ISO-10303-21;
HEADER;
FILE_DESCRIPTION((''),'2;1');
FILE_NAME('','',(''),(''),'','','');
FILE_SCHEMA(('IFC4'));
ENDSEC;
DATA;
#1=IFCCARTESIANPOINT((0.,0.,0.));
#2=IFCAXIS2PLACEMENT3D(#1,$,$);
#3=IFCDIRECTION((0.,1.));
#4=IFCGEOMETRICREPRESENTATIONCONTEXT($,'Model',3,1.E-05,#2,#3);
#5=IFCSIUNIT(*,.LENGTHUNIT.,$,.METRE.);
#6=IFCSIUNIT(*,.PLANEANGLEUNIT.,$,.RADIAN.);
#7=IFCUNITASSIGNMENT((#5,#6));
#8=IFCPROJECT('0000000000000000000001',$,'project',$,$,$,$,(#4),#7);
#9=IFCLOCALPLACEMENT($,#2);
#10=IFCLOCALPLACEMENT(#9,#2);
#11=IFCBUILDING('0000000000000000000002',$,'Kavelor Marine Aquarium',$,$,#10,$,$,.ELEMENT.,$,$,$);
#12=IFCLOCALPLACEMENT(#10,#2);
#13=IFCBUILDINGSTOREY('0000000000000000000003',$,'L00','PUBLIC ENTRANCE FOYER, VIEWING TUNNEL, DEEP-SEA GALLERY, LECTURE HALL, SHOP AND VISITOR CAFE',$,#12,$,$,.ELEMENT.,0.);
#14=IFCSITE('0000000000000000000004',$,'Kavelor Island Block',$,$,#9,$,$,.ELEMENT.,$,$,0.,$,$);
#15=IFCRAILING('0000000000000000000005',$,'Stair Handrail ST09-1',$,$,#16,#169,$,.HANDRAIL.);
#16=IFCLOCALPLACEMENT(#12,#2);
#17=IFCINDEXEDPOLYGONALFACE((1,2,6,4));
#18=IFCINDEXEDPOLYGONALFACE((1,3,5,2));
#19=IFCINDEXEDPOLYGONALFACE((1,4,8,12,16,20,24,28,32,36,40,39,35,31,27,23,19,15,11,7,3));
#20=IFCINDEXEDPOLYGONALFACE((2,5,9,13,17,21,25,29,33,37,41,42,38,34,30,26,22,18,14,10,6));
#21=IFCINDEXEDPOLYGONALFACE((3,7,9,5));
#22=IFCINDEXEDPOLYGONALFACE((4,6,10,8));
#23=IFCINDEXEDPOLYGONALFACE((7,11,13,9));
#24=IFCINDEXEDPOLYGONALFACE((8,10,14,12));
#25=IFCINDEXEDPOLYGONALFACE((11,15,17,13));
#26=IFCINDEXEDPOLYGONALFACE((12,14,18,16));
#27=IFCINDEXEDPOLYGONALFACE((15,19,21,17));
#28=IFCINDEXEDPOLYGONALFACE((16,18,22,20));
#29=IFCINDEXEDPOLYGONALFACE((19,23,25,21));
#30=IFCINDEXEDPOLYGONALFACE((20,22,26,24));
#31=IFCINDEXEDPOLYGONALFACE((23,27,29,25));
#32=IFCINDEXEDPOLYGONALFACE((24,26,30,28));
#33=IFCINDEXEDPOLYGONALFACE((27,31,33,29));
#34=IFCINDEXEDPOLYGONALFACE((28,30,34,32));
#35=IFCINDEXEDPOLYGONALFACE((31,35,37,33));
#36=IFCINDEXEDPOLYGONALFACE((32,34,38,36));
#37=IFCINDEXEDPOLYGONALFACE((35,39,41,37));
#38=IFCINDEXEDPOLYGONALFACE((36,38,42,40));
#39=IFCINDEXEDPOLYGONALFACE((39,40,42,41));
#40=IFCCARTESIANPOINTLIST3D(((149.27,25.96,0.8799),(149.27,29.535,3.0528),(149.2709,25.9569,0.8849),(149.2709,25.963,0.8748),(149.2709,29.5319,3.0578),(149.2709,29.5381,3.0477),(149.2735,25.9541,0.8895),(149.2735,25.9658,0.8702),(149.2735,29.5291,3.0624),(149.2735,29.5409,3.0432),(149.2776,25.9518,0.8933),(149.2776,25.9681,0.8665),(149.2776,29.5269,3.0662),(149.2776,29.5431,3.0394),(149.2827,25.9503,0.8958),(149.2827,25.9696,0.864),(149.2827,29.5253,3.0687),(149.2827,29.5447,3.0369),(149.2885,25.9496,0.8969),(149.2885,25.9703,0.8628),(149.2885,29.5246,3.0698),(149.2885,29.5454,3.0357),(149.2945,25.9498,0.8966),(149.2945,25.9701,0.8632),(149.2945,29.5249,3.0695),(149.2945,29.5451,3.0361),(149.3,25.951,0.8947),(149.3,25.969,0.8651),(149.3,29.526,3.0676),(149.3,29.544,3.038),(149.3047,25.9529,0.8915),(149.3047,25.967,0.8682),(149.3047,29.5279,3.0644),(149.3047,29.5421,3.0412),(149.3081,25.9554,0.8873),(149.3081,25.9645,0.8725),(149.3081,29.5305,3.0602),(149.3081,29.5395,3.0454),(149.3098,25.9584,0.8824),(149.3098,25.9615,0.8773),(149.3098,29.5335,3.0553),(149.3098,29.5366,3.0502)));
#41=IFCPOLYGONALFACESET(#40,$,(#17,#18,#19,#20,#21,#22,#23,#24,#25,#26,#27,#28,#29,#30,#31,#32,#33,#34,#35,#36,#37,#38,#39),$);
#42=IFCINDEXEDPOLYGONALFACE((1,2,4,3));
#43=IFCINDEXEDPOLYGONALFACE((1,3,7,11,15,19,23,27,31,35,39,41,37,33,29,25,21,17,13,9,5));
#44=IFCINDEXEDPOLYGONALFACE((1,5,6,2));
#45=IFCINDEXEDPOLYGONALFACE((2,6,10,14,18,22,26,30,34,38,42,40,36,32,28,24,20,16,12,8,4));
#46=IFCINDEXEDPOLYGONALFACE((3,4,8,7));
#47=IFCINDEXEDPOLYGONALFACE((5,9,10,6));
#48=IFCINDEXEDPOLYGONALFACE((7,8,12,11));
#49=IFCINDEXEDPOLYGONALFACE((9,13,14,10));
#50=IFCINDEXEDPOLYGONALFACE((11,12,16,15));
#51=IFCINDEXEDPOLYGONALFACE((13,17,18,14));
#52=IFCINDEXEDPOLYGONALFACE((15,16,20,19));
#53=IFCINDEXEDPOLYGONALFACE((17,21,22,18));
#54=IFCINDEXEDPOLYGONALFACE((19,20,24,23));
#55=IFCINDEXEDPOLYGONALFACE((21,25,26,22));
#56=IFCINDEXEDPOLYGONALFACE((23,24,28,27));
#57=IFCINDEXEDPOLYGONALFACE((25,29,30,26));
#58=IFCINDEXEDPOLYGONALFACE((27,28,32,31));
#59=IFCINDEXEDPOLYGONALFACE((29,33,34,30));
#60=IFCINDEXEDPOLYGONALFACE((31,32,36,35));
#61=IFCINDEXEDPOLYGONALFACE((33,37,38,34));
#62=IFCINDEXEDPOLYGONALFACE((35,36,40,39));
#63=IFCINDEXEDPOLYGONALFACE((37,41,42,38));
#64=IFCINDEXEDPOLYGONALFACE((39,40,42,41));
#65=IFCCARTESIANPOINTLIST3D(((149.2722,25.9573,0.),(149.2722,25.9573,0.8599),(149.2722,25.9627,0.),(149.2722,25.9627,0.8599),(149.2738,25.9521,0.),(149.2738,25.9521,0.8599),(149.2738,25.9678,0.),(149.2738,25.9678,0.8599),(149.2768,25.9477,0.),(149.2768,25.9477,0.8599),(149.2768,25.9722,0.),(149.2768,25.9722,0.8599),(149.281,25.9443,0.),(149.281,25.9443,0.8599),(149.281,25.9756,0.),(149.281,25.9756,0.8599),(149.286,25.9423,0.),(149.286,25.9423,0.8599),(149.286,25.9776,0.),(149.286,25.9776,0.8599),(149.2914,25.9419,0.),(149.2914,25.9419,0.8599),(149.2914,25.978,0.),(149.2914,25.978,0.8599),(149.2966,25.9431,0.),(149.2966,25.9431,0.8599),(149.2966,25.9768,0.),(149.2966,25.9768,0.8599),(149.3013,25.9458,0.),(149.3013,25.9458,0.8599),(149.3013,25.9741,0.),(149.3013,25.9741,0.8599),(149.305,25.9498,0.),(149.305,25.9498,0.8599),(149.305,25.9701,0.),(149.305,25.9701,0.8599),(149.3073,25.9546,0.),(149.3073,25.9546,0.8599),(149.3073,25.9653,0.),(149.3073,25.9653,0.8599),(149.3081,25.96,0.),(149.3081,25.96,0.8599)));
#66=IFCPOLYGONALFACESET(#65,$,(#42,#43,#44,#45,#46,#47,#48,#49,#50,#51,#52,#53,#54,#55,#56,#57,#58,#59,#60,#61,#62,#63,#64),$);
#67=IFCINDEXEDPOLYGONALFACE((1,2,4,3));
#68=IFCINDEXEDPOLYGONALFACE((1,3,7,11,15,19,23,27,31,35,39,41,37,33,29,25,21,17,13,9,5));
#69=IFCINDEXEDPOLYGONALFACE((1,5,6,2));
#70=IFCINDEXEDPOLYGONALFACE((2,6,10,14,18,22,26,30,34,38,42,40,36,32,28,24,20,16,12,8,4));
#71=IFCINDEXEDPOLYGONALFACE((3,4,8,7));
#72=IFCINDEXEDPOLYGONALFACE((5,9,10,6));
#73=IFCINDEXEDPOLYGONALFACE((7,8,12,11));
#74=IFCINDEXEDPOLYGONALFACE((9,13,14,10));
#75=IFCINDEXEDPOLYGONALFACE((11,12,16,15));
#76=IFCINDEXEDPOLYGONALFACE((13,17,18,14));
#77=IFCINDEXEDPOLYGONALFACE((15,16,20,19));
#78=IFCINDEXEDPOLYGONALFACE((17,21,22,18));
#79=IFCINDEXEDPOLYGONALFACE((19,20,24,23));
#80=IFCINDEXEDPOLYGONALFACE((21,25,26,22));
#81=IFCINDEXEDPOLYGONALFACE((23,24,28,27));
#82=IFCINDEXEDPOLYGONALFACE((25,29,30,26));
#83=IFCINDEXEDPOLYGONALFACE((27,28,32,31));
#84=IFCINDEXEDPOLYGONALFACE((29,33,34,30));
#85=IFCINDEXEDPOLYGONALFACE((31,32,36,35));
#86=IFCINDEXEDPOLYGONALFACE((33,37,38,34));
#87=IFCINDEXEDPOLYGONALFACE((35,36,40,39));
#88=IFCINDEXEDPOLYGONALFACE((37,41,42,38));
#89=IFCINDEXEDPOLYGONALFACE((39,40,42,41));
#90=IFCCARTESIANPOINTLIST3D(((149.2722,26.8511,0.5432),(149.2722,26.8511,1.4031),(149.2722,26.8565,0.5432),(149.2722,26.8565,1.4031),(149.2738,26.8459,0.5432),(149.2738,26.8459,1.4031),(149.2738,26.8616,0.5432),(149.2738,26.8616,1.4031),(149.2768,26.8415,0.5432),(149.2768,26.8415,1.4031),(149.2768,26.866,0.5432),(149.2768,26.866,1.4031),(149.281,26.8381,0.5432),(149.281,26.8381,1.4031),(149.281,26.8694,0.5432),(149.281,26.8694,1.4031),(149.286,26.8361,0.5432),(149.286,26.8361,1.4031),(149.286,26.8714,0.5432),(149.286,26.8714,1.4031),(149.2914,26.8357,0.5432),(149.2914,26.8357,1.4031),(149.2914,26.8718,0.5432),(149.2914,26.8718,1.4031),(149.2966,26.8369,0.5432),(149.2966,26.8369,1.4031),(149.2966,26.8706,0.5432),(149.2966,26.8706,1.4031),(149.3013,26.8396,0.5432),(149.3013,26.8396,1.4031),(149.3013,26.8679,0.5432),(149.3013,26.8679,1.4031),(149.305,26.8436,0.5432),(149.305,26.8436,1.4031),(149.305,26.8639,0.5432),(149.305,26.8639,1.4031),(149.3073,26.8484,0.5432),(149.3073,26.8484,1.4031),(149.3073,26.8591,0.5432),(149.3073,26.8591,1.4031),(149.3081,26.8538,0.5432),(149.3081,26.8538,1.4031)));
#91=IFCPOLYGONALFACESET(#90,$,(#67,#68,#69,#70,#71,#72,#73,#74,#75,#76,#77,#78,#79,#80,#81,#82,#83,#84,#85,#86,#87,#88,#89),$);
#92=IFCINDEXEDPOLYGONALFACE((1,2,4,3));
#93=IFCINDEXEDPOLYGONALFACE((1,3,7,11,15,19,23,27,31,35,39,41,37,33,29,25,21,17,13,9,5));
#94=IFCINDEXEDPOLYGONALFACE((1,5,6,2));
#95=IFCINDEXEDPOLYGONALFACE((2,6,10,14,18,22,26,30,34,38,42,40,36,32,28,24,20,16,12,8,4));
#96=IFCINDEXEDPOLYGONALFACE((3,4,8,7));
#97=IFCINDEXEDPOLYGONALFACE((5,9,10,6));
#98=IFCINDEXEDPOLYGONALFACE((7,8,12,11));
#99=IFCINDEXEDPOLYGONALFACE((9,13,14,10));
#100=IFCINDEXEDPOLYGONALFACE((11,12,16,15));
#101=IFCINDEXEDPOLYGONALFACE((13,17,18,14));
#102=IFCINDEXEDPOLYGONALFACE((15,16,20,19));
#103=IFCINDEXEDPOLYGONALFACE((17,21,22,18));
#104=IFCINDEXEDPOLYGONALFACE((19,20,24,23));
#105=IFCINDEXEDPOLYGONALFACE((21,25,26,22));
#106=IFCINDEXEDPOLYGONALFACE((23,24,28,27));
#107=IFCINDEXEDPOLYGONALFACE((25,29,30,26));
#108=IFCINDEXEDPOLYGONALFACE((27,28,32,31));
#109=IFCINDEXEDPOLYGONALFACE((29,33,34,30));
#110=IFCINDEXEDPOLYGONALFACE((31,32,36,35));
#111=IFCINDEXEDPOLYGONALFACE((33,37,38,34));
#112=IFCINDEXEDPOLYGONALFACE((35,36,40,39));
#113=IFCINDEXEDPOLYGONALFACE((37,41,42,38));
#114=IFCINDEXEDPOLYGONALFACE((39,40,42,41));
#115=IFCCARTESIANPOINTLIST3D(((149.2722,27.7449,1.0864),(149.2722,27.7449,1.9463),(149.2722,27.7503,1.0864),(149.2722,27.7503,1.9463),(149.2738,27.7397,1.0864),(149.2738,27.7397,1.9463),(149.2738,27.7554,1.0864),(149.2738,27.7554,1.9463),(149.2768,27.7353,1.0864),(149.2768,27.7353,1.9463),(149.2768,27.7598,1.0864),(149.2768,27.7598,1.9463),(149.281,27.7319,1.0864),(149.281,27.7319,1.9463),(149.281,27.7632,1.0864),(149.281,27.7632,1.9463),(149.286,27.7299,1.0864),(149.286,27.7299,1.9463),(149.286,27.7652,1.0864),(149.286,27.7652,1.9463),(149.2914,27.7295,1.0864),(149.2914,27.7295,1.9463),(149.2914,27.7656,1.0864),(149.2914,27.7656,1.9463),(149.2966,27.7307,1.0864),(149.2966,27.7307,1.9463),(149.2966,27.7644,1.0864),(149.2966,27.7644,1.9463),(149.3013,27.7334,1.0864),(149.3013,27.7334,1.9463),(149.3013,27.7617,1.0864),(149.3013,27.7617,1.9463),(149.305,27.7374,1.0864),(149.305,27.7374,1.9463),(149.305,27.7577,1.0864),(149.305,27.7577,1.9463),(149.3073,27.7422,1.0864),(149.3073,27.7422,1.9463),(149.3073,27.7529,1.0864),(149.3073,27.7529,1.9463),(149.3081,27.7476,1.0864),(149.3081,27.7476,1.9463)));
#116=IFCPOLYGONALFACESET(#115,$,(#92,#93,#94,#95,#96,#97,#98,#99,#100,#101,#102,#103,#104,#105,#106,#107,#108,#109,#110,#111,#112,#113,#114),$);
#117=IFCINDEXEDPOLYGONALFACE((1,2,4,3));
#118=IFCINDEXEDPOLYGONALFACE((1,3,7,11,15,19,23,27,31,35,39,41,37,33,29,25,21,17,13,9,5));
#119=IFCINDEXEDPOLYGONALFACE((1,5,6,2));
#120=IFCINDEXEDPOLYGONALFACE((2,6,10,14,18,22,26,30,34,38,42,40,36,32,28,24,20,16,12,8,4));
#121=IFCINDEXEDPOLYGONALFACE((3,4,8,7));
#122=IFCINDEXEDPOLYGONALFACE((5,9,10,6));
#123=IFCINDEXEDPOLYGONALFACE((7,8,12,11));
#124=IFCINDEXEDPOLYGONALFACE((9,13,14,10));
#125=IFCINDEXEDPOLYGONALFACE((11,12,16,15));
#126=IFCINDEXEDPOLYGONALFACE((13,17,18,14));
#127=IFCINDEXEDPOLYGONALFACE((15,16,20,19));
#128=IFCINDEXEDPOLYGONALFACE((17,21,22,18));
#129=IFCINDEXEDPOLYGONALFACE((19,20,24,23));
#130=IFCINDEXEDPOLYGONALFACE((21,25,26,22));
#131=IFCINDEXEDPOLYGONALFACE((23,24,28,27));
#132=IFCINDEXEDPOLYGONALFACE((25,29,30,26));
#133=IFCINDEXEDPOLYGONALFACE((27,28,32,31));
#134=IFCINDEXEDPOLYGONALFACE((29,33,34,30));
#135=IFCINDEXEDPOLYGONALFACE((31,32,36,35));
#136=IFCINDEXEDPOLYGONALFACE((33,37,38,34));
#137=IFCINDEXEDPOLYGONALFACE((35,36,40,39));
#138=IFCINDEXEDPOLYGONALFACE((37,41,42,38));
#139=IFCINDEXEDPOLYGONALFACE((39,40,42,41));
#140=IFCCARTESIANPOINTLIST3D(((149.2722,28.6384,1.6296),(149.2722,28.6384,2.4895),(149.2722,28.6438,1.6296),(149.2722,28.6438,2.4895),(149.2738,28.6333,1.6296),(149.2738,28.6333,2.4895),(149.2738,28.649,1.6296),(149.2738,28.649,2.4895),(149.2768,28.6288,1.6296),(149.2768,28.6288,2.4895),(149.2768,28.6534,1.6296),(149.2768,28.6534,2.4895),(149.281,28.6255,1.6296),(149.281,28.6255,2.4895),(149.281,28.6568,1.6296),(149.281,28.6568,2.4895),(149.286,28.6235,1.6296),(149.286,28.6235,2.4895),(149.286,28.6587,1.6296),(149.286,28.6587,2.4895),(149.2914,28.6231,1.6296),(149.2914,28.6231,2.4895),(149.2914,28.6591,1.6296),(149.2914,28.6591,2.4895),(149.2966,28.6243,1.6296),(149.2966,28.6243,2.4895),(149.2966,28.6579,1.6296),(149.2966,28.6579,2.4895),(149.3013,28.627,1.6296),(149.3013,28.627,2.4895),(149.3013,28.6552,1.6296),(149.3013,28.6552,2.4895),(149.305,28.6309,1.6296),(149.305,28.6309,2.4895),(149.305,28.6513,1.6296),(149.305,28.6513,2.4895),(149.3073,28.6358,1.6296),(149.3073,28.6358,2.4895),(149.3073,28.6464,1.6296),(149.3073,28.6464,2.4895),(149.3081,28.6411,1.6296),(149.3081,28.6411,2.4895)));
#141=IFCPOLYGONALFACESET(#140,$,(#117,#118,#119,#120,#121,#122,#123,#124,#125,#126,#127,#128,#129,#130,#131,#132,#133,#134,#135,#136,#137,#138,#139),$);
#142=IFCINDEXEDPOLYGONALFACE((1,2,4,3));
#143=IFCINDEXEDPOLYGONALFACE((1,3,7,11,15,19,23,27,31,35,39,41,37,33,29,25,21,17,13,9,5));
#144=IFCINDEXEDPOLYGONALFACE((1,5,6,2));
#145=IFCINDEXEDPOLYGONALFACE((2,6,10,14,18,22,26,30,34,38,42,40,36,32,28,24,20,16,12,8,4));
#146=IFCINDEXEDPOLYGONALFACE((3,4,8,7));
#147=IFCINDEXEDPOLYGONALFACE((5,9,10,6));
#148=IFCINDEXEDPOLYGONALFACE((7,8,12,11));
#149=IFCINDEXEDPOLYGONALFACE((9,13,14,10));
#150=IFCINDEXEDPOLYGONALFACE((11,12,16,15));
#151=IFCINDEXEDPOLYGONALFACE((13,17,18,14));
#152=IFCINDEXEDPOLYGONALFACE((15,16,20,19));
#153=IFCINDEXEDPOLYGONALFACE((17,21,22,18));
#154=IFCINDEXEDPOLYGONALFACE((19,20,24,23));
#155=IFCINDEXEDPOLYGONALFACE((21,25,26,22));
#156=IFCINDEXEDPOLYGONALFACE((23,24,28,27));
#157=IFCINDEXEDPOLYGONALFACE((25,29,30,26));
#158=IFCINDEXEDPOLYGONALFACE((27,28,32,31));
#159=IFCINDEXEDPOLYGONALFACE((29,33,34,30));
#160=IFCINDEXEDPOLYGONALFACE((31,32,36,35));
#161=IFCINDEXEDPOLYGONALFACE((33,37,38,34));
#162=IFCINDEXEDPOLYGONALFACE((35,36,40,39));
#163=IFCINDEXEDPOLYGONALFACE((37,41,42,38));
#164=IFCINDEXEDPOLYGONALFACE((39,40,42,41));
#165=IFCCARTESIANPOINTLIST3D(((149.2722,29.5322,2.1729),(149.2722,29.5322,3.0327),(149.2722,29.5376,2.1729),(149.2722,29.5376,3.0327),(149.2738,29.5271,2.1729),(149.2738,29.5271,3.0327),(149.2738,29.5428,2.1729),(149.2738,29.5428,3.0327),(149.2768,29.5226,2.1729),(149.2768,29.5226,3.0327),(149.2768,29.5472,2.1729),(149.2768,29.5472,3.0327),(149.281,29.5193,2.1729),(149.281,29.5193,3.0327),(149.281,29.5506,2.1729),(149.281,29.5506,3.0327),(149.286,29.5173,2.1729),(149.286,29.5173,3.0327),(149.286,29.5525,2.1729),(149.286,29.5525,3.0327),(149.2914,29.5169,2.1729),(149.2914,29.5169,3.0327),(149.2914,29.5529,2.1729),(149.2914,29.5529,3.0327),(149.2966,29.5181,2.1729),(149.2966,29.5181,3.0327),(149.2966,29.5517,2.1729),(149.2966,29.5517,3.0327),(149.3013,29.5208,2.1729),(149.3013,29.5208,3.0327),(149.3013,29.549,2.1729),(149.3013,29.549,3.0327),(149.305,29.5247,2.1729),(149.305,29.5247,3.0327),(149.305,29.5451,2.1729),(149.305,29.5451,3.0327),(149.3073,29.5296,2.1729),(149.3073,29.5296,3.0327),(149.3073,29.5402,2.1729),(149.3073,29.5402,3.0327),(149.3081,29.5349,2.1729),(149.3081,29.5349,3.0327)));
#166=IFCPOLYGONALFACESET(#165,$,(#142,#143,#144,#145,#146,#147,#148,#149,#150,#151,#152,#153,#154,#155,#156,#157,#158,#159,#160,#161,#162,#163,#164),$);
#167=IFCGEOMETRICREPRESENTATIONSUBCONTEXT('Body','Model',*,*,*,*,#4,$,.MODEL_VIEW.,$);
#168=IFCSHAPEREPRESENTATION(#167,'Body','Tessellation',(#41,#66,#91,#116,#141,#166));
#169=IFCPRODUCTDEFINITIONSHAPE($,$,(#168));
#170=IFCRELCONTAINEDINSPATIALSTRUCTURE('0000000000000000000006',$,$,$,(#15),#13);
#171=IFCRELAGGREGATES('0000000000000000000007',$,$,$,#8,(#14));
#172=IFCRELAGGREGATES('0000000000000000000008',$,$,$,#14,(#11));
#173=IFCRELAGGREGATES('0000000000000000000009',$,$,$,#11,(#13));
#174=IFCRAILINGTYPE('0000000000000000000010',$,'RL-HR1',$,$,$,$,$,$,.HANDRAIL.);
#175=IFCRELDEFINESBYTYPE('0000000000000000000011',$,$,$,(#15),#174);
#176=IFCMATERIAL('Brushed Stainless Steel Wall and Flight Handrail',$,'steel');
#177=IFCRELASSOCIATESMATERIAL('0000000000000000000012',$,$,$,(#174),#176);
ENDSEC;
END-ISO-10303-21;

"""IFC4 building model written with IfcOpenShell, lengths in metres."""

from ifc_helpers import new_model, si_unit, direction, frame, origin, origin_2d, place, context, subcontext, project, spatial, circle, extrude, material, type_object, element, save


model = new_model("IFC4")

# Units and contexts
model_context = context("Model", 3, precision=1e-05, world=origin(), true_north=direction((0.0, 1.0)))
body_context = subcontext(model_context, "Body", "Model", "MODEL_VIEW")
ifc_project = project(units=[si_unit("LENGTHUNIT", "METRE"), si_unit("PLANEANGLEUNIT", "RADIAN")], contexts=[model_context])

# Site, building, storey
site_placement = place(None, origin())
site = spatial("IfcSite", under=ifc_project, at=site_placement, Name="Kavelor Island Block", CompositionType="ELEMENT", RefElevation=0.0)
building_placement = place(site_placement, origin())
building = spatial("IfcBuilding", under=site, at=building_placement, Name="Kavelor Marine Aquarium", CompositionType="ELEMENT")
storey_placement = place(building_placement, origin())
storey = spatial("IfcBuildingStorey", under=building, at=storey_placement, Name="L00", Description="PUBLIC ENTRANCE FOYER, VIEWING TUNNEL, DEEP-SEA GALLERY, LECTURE HALL, SHOP AND VISITOR CAFE", CompositionType="ELEMENT", Elevation=0.0)

# Railing
ifc_material_1 = material(Name="Brushed Stainless Steel Wall and Flight Handrail", Category="steel")
railing_type_1 = type_object("IfcRailingType", Name="RL-HR1", PredefinedType="HANDRAIL", material=ifc_material_1)
railing_1_placement = place(storey_placement, frame((149.29, 25.96, 0.0)))
element("IfcRailing", 1, at=railing_1_placement, inside=storey, type_object=railing_type_1, Name="Stair Handrail ST09-1", PredefinedType="HANDRAIL", context=body_context, shape_type="SweptSolid", body=[
    extrude(circle(Radius=0.02, at=origin_2d()), frame((0.0, 0.0, 0.8799), z_axis=(0.0, 0.854539, 0.519388), x_axis=(-1.0, 0.0, 0.0)), (0.0, 0.0, 1.0), 4.1836),
    extrude(circle(Radius=0.0181, at=origin_2d()), origin(), (0.0, 0.0, 1.0), 0.8599),
    extrude(circle(Radius=0.0181, at=origin_2d()), frame((0.0, 0.8938, 0.5432)), (0.0, 0.0, 1.0), 0.8599),
    extrude(circle(Radius=0.0181, at=origin_2d()), frame((0.0, 1.7876, 1.0864)), (0.0, 0.0, 1.0), 0.8599),
    extrude(circle(Radius=0.0181, at=origin_2d()), frame((0.0, 2.6812, 1.6296)), (0.0, 0.0, 1.0), 0.8599),
    extrude(circle(Radius=0.0181, at=origin_2d()), frame((0.0, 3.575, 2.1729)), (0.0, 0.0, 1.0), 0.8599),
])

save(model, "model.ifc")
